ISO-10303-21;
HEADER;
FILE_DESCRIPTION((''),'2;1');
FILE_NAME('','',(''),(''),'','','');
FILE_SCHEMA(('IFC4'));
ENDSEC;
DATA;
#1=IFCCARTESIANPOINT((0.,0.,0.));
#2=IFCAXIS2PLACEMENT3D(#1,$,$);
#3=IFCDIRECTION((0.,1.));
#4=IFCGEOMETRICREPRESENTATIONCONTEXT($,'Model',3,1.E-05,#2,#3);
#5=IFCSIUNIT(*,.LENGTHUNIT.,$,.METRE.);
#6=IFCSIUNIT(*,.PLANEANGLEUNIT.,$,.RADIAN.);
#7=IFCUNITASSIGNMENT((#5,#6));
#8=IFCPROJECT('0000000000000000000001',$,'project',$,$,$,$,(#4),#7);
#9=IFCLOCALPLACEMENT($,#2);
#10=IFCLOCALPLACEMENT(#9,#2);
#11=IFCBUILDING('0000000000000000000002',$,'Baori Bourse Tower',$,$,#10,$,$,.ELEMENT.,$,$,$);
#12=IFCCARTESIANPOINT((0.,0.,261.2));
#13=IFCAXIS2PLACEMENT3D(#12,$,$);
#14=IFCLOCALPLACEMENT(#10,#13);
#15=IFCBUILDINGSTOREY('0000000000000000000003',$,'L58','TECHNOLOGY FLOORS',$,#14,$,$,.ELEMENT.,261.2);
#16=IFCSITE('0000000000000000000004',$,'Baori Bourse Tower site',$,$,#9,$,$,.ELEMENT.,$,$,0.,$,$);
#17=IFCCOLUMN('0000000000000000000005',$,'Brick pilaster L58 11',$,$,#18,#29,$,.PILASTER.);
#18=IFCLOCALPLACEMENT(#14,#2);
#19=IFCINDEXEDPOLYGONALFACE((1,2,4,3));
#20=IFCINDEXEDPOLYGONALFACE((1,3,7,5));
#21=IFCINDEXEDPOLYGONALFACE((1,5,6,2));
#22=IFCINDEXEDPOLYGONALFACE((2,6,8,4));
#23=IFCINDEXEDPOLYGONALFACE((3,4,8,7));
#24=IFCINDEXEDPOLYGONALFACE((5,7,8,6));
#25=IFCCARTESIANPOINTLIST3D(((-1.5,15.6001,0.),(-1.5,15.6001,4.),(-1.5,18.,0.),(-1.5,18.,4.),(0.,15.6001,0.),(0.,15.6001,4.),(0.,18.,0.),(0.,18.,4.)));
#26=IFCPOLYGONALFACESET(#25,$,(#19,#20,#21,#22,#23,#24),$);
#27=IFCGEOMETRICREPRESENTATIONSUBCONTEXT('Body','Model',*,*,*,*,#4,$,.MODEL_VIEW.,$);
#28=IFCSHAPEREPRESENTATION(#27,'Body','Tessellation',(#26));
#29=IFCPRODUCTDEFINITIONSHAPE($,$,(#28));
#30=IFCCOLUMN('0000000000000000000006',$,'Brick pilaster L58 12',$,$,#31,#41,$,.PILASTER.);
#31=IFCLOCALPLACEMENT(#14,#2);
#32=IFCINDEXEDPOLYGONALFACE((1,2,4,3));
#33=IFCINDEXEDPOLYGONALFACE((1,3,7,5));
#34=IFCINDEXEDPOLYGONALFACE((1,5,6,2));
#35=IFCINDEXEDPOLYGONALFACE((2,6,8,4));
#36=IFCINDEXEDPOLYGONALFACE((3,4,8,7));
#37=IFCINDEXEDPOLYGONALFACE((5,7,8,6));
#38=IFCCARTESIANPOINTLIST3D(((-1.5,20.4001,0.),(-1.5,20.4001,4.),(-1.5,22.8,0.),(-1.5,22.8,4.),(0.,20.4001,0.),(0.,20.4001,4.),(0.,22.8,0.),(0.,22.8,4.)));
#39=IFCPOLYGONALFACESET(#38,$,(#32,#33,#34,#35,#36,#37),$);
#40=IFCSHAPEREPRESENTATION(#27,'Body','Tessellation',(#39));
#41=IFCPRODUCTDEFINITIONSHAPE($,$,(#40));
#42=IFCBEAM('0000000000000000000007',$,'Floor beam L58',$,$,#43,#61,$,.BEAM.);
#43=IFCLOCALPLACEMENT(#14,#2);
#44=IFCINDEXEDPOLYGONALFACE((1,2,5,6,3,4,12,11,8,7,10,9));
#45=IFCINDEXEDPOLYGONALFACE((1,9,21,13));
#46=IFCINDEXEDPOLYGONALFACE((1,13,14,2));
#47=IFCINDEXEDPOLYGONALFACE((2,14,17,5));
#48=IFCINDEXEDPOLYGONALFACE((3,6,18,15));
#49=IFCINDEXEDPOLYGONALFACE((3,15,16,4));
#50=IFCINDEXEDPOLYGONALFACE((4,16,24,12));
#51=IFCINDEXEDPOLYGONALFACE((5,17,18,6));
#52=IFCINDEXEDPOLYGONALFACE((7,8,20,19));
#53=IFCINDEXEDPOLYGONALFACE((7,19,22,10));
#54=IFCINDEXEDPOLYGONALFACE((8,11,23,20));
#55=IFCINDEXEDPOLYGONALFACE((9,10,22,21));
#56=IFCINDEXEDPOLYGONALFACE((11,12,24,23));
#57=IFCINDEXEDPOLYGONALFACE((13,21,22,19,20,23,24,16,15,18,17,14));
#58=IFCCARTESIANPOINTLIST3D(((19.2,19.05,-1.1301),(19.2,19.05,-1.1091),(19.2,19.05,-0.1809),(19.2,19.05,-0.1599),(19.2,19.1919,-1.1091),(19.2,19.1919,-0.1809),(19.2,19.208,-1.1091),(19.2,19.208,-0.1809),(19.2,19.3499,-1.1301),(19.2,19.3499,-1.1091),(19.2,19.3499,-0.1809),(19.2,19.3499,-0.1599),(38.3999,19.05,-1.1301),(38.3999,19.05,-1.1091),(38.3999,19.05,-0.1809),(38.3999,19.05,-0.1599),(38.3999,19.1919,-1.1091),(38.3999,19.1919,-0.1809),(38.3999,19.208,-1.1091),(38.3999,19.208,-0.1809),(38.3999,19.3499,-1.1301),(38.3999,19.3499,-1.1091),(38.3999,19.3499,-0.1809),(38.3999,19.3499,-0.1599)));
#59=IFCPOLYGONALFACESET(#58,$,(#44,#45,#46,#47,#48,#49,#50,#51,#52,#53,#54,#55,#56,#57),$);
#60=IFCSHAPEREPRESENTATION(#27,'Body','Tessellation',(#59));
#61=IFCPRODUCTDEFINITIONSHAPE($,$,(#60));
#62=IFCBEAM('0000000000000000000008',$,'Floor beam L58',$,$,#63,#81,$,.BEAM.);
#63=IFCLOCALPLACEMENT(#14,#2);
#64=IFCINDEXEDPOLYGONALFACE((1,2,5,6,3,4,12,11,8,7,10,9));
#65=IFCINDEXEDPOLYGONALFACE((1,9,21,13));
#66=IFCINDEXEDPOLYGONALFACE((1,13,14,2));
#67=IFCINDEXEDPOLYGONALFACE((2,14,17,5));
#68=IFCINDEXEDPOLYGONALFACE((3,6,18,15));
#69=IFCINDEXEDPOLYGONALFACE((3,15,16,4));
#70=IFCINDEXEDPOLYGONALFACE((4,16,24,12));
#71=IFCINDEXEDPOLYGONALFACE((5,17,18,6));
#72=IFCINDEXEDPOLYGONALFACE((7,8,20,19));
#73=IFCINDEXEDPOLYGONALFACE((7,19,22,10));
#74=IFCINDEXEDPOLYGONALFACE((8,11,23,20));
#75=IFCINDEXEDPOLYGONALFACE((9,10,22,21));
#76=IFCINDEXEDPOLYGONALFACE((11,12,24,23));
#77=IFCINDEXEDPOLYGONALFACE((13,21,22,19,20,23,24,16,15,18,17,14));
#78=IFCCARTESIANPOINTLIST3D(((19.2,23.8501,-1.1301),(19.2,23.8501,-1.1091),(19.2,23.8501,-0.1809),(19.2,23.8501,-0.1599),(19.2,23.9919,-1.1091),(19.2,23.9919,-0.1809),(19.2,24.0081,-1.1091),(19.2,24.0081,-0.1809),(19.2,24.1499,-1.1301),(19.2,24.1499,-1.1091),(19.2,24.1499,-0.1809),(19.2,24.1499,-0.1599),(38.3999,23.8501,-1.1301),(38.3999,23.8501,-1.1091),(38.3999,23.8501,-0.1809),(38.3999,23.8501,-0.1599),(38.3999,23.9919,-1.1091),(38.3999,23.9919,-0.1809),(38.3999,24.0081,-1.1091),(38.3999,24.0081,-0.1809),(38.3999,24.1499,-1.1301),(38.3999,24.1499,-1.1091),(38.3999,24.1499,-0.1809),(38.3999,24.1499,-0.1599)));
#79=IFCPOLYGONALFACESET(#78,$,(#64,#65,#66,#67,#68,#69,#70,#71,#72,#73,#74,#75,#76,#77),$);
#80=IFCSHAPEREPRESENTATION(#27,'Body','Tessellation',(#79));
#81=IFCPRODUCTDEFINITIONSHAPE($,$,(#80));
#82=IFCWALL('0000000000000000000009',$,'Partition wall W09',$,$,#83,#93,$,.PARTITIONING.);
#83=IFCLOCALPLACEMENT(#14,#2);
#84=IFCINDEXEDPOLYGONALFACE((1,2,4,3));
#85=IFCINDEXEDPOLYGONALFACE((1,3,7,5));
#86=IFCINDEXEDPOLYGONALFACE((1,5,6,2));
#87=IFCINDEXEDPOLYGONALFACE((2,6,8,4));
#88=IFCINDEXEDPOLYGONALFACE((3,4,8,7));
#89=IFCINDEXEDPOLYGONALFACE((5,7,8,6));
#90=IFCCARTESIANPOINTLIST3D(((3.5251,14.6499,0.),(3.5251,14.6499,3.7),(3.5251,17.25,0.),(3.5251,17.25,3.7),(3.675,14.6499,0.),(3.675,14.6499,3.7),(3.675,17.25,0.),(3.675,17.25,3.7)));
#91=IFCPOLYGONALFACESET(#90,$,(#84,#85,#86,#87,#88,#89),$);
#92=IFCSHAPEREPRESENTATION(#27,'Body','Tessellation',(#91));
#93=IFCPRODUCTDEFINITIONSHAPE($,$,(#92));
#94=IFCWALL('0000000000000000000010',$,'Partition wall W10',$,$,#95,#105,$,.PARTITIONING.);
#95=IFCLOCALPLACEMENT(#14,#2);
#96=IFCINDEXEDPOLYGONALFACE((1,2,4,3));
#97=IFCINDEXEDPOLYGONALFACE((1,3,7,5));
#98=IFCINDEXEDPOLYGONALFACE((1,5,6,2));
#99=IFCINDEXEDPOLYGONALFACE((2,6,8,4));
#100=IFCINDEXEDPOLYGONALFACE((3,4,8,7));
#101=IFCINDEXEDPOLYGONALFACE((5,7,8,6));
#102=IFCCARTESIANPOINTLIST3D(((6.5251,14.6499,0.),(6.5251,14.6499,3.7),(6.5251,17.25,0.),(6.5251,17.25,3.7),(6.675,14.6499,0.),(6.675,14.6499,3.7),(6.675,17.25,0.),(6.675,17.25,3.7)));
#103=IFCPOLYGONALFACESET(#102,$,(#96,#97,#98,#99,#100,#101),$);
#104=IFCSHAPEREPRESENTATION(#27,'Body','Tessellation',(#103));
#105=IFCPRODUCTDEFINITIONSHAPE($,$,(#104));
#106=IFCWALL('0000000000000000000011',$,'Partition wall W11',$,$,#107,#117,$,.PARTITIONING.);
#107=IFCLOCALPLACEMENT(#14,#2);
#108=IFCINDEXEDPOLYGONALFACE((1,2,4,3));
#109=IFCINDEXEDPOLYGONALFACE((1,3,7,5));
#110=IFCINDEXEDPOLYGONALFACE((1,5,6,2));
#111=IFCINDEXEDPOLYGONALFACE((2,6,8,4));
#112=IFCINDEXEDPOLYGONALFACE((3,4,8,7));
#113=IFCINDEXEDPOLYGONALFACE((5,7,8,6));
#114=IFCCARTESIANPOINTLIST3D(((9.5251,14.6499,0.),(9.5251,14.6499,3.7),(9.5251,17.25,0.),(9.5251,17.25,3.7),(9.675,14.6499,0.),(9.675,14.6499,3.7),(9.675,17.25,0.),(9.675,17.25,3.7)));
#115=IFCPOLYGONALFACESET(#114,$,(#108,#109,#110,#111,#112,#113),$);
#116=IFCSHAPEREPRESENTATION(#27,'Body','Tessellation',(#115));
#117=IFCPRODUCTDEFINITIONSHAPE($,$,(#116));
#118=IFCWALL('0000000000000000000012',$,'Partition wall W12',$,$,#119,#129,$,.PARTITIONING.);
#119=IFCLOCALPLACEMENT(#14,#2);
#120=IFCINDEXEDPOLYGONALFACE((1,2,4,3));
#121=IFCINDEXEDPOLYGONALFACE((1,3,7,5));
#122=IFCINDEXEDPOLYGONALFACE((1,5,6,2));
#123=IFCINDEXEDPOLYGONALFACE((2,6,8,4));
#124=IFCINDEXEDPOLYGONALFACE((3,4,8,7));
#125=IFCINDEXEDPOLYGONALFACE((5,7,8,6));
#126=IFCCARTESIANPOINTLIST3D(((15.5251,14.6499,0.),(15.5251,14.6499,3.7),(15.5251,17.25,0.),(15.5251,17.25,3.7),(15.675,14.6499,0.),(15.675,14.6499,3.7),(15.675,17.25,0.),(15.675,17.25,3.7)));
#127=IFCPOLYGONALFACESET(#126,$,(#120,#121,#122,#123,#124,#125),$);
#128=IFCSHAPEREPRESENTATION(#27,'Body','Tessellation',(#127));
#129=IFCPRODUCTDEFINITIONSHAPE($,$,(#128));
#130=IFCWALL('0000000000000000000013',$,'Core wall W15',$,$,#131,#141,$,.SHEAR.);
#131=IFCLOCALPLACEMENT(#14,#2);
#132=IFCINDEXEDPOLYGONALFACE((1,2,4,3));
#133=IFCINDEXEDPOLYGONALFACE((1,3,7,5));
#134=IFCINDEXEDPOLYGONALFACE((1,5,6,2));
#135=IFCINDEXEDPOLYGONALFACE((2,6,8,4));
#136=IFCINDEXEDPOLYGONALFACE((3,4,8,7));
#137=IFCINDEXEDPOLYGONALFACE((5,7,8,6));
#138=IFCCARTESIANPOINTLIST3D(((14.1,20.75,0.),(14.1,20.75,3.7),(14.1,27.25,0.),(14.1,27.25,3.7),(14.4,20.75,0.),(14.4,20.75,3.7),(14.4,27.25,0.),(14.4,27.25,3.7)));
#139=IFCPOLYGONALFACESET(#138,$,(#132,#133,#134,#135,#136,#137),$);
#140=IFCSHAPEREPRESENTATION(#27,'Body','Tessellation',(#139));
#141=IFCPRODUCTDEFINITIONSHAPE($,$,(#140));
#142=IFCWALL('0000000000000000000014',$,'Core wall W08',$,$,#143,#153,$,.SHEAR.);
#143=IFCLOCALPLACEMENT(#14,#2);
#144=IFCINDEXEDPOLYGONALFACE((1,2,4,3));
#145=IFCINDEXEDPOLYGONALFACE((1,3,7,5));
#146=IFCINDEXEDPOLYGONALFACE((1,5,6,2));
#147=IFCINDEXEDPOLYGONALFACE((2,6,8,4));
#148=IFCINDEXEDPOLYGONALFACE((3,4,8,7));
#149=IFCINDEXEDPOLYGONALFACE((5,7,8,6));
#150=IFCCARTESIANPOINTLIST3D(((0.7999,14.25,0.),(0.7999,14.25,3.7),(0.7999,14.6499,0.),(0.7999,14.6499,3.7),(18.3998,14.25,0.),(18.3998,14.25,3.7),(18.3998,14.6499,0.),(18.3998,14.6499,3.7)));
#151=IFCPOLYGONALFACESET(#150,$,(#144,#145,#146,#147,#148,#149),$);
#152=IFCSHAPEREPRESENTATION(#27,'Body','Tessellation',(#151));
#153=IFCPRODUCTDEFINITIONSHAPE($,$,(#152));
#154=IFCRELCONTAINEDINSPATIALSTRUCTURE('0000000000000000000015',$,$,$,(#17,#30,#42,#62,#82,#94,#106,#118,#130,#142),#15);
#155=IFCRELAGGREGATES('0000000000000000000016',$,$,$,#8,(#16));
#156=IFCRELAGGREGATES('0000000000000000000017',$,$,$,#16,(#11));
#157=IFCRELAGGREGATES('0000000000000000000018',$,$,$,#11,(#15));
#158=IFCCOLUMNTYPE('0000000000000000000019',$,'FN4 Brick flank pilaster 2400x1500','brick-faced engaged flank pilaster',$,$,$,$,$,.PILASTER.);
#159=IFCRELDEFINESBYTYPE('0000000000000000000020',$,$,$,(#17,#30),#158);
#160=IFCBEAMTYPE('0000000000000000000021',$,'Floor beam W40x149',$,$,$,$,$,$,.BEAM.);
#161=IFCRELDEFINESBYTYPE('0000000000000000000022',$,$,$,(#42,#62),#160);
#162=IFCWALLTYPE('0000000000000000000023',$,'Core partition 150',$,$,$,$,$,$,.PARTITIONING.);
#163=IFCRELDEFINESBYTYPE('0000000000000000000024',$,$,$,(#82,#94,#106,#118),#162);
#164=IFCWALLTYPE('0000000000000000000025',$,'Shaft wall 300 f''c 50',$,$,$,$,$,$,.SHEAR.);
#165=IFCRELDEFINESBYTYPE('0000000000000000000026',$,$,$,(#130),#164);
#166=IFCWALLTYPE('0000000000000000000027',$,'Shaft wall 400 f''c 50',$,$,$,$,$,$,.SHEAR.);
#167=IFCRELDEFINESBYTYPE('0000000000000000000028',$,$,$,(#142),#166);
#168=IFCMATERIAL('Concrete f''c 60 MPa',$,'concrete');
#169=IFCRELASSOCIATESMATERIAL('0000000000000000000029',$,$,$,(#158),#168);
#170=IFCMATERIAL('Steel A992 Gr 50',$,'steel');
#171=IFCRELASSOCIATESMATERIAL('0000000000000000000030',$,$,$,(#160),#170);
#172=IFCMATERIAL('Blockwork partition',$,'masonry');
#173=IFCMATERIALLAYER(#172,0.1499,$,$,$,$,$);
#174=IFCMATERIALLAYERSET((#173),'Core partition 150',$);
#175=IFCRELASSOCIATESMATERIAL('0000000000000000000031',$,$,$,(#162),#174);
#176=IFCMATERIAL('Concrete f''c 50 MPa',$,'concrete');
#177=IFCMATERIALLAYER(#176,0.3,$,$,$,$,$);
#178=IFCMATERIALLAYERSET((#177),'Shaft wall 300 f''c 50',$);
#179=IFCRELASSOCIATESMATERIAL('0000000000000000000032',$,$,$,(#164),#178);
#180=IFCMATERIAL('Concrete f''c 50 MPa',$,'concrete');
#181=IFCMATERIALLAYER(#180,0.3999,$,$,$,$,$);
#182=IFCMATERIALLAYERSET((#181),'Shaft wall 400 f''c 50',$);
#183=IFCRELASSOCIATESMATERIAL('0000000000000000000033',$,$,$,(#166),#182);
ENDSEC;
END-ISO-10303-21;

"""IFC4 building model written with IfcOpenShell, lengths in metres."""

from ifc_helpers import new_model, si_unit, direction, frame, frame_2d, origin, origin_2d, place, context, subcontext, project, spatial, rectangle, i_section, extrude, material, layer, layer_set, material_profile, profile_set, type_object, element, save


model = new_model("IFC4")

# Units and contexts
model_context = context("Model", 3, precision=1e-05, world=origin(), true_north=direction((0.0, 1.0)))
body_context = subcontext(model_context, "Body", "Model", "MODEL_VIEW")
ifc_project = project(units=[si_unit("LENGTHUNIT", "METRE"), si_unit("PLANEANGLEUNIT", "RADIAN")], contexts=[model_context])

# Site, building, storey
site_placement = place(None, origin())
site = spatial("IfcSite", under=ifc_project, at=site_placement, Name="Baori Bourse Tower site", CompositionType="ELEMENT", RefElevation=0.0)
building_placement = place(site_placement, origin())
building = spatial("IfcBuilding", under=site, at=building_placement, Name="Baori Bourse Tower", CompositionType="ELEMENT")
storey_placement = place(building_placement, frame((0.0, 0.0, 261.2)))
storey = spatial("IfcBuildingStorey", under=building, at=storey_placement, Name="L58", Description="TECHNOLOGY FLOORS", CompositionType="ELEMENT", Elevation=261.2)

# Columns
ifc_material_1 = material(Name="Concrete f'c 60 MPa", Category="concrete")
ifc_material_profile_1 = material_profile(ifc_material_1, rectangle(XDim=2.3999, YDim=1.5, at=origin_2d()), Name="RC 2400x1500")
ifc_profile_set_1 = profile_set([ifc_material_profile_1], Name="Concrete f'c 60 MPa")
column_type = type_object("IfcColumnType", Name="FN4 Brick flank pilaster 2400x1500", Description="brick-faced engaged flank pilaster", PredefinedType="PILASTER", material=ifc_profile_set_1)
for number, where, z_axis, x_axis, name in (
    (1, (-0.75, 16.8, 0.0), (0.0, 0.0, 1.0), (0.0, 1.0, 0.0), "Brick pilaster L58 11"),
    (2, (-0.75, 21.6001, 0.0), (0.0, 0.0, 1.0), (0.0, 1.0, 0.0), "Brick pilaster L58 12"),
):
    element("IfcColumn", number, at=place(storey_placement, frame(where, z_axis=z_axis, x_axis=x_axis)), inside=storey, type_object=column_type, Name=name, PredefinedType="PILASTER", context=body_context, shape_type="SweptSolid", body=[
        extrude(rectangle(XDim=2.3999, YDim=1.5, at=origin_2d()), origin(), (0.0, 0.0, 1.0), 4.0),
    ])

# Beams
ifc_material_2 = material(Name="Steel A992 Gr 50", Category="steel")
ifc_material_profile_2 = material_profile(ifc_material_2, i_section(OverallWidth=0.2998, OverallDepth=0.9702, WebThickness=0.0161, FlangeThickness=0.021, at=origin_2d()), Name="W40x149")
ifc_profile_set_2 = profile_set([ifc_material_profile_2], Name="Steel A992 Gr 50")
beam_type = type_object("IfcBeamType", Name="Floor beam W40x149", PredefinedType="BEAM", material=ifc_profile_set_2)
for number, where, z_axis, x_axis, name in (
    (3, (19.2, 19.2, -0.645), (1.0, 0.0, 0.0), (0.0, 1.0, 0.0), "Floor beam L58"),
    (4, (19.2, 24.0, -0.645), (1.0, 0.0, 0.0), (0.0, 1.0, 0.0), "Floor beam L58"),
):
    element("IfcBeam", number, at=place(storey_placement, frame(where, z_axis=z_axis, x_axis=x_axis)), inside=storey, type_object=beam_type, Name=name, PredefinedType="BEAM", context=body_context, shape_type="SweptSolid", body=[
        extrude(i_section(OverallWidth=0.2998, OverallDepth=0.9702, WebThickness=0.0161, FlangeThickness=0.021, at=origin_2d()), origin(), (0.0, 0.0, 1.0), 19.2),
    ])

# Walls
ifc_material_3 = material(Name="Blockwork partition", Category="masonry")
ifc_layer_1 = layer(ifc_material_3, 0.1499)
ifc_layer_set_1 = layer_set([ifc_layer_1], Name="Core partition 150")
wall_type_1 = type_object("IfcWallType", Name="Core partition 150", PredefinedType="PARTITIONING", material=ifc_layer_set_1)
for number, where, z_axis, x_axis, name in (
    (5, (3.6001, 14.6499, 0.0), (0.0, 0.0, 1.0), (0.0, 1.0, 0.0), "Partition wall W09"),
    (6, (6.6001, 14.6499, 0.0), (0.0, 0.0, 1.0), (0.0, 1.0, 0.0), "Partition wall W10"),
    (7, (9.6001, 14.6499, 0.0), (0.0, 0.0, 1.0), (0.0, 1.0, 0.0), "Partition wall W11"),
    (8, (15.6001, 14.6499, 0.0), (0.0, 0.0, 1.0), (0.0, 1.0, 0.0), "Partition wall W12"),
):
    element("IfcWall", number, at=place(storey_placement, frame(where, z_axis=z_axis, x_axis=x_axis)), inside=storey, type_object=wall_type_1, Name=name, PredefinedType="PARTITIONING", context=body_context, shape_type="SweptSolid", body=[
        extrude(rectangle(XDim=2.6001, YDim=0.1499, at=frame_2d((1.3, 0.0))), origin(), (0.0, 0.0, 1.0), 3.7),
    ])
ifc_material_4 = material(Name="Concrete f'c 50 MPa", Category="concrete")
ifc_layer_2 = layer(ifc_material_4, 0.3)
ifc_layer_set_2 = layer_set([ifc_layer_2], Name="Shaft wall 300 f'c 50")
wall_type_2 = type_object("IfcWallType", Name="Shaft wall 300 f'c 50", PredefinedType="SHEAR", material=ifc_layer_set_2)
wall_1_placement = place(storey_placement, frame((14.25, 20.75, 0.0), z_axis=(0.0, 0.0, 1.0), x_axis=(0.0, 1.0, 0.0)))
element("IfcWall", 9, at=wall_1_placement, inside=storey, type_object=wall_type_2, Name="Core wall W15", PredefinedType="SHEAR", context=body_context, shape_type="SweptSolid", body=[
    extrude(rectangle(XDim=6.5, YDim=0.3, at=frame_2d((3.25, 0.0))), origin(), (0.0, 0.0, 1.0), 3.7),
])
ifc_material_5 = material(Name="Concrete f'c 50 MPa", Category="concrete")
ifc_layer_3 = layer(ifc_material_5, 0.3999)
ifc_layer_set_3 = layer_set([ifc_layer_3], Name="Shaft wall 400 f'c 50")
wall_type_3 = type_object("IfcWallType", Name="Shaft wall 400 f'c 50", PredefinedType="SHEAR", material=ifc_layer_set_3)
wall_2_placement = place(storey_placement, frame((0.8, 14.45, 0.0), z_axis=(0.0, 0.0, 1.0), x_axis=(1.0, 0.0, 0.0)))
element("IfcWall", 10, at=wall_2_placement, inside=storey, type_object=wall_type_3, Name="Core wall W08", PredefinedType="SHEAR", context=body_context, shape_type="SweptSolid", body=[
    extrude(rectangle(XDim=17.5999, YDim=0.3999, at=frame_2d((8.7998, 0.0))), origin(), (0.0, 0.0, 1.0), 3.7),
])

save(model, "model.ifc")
